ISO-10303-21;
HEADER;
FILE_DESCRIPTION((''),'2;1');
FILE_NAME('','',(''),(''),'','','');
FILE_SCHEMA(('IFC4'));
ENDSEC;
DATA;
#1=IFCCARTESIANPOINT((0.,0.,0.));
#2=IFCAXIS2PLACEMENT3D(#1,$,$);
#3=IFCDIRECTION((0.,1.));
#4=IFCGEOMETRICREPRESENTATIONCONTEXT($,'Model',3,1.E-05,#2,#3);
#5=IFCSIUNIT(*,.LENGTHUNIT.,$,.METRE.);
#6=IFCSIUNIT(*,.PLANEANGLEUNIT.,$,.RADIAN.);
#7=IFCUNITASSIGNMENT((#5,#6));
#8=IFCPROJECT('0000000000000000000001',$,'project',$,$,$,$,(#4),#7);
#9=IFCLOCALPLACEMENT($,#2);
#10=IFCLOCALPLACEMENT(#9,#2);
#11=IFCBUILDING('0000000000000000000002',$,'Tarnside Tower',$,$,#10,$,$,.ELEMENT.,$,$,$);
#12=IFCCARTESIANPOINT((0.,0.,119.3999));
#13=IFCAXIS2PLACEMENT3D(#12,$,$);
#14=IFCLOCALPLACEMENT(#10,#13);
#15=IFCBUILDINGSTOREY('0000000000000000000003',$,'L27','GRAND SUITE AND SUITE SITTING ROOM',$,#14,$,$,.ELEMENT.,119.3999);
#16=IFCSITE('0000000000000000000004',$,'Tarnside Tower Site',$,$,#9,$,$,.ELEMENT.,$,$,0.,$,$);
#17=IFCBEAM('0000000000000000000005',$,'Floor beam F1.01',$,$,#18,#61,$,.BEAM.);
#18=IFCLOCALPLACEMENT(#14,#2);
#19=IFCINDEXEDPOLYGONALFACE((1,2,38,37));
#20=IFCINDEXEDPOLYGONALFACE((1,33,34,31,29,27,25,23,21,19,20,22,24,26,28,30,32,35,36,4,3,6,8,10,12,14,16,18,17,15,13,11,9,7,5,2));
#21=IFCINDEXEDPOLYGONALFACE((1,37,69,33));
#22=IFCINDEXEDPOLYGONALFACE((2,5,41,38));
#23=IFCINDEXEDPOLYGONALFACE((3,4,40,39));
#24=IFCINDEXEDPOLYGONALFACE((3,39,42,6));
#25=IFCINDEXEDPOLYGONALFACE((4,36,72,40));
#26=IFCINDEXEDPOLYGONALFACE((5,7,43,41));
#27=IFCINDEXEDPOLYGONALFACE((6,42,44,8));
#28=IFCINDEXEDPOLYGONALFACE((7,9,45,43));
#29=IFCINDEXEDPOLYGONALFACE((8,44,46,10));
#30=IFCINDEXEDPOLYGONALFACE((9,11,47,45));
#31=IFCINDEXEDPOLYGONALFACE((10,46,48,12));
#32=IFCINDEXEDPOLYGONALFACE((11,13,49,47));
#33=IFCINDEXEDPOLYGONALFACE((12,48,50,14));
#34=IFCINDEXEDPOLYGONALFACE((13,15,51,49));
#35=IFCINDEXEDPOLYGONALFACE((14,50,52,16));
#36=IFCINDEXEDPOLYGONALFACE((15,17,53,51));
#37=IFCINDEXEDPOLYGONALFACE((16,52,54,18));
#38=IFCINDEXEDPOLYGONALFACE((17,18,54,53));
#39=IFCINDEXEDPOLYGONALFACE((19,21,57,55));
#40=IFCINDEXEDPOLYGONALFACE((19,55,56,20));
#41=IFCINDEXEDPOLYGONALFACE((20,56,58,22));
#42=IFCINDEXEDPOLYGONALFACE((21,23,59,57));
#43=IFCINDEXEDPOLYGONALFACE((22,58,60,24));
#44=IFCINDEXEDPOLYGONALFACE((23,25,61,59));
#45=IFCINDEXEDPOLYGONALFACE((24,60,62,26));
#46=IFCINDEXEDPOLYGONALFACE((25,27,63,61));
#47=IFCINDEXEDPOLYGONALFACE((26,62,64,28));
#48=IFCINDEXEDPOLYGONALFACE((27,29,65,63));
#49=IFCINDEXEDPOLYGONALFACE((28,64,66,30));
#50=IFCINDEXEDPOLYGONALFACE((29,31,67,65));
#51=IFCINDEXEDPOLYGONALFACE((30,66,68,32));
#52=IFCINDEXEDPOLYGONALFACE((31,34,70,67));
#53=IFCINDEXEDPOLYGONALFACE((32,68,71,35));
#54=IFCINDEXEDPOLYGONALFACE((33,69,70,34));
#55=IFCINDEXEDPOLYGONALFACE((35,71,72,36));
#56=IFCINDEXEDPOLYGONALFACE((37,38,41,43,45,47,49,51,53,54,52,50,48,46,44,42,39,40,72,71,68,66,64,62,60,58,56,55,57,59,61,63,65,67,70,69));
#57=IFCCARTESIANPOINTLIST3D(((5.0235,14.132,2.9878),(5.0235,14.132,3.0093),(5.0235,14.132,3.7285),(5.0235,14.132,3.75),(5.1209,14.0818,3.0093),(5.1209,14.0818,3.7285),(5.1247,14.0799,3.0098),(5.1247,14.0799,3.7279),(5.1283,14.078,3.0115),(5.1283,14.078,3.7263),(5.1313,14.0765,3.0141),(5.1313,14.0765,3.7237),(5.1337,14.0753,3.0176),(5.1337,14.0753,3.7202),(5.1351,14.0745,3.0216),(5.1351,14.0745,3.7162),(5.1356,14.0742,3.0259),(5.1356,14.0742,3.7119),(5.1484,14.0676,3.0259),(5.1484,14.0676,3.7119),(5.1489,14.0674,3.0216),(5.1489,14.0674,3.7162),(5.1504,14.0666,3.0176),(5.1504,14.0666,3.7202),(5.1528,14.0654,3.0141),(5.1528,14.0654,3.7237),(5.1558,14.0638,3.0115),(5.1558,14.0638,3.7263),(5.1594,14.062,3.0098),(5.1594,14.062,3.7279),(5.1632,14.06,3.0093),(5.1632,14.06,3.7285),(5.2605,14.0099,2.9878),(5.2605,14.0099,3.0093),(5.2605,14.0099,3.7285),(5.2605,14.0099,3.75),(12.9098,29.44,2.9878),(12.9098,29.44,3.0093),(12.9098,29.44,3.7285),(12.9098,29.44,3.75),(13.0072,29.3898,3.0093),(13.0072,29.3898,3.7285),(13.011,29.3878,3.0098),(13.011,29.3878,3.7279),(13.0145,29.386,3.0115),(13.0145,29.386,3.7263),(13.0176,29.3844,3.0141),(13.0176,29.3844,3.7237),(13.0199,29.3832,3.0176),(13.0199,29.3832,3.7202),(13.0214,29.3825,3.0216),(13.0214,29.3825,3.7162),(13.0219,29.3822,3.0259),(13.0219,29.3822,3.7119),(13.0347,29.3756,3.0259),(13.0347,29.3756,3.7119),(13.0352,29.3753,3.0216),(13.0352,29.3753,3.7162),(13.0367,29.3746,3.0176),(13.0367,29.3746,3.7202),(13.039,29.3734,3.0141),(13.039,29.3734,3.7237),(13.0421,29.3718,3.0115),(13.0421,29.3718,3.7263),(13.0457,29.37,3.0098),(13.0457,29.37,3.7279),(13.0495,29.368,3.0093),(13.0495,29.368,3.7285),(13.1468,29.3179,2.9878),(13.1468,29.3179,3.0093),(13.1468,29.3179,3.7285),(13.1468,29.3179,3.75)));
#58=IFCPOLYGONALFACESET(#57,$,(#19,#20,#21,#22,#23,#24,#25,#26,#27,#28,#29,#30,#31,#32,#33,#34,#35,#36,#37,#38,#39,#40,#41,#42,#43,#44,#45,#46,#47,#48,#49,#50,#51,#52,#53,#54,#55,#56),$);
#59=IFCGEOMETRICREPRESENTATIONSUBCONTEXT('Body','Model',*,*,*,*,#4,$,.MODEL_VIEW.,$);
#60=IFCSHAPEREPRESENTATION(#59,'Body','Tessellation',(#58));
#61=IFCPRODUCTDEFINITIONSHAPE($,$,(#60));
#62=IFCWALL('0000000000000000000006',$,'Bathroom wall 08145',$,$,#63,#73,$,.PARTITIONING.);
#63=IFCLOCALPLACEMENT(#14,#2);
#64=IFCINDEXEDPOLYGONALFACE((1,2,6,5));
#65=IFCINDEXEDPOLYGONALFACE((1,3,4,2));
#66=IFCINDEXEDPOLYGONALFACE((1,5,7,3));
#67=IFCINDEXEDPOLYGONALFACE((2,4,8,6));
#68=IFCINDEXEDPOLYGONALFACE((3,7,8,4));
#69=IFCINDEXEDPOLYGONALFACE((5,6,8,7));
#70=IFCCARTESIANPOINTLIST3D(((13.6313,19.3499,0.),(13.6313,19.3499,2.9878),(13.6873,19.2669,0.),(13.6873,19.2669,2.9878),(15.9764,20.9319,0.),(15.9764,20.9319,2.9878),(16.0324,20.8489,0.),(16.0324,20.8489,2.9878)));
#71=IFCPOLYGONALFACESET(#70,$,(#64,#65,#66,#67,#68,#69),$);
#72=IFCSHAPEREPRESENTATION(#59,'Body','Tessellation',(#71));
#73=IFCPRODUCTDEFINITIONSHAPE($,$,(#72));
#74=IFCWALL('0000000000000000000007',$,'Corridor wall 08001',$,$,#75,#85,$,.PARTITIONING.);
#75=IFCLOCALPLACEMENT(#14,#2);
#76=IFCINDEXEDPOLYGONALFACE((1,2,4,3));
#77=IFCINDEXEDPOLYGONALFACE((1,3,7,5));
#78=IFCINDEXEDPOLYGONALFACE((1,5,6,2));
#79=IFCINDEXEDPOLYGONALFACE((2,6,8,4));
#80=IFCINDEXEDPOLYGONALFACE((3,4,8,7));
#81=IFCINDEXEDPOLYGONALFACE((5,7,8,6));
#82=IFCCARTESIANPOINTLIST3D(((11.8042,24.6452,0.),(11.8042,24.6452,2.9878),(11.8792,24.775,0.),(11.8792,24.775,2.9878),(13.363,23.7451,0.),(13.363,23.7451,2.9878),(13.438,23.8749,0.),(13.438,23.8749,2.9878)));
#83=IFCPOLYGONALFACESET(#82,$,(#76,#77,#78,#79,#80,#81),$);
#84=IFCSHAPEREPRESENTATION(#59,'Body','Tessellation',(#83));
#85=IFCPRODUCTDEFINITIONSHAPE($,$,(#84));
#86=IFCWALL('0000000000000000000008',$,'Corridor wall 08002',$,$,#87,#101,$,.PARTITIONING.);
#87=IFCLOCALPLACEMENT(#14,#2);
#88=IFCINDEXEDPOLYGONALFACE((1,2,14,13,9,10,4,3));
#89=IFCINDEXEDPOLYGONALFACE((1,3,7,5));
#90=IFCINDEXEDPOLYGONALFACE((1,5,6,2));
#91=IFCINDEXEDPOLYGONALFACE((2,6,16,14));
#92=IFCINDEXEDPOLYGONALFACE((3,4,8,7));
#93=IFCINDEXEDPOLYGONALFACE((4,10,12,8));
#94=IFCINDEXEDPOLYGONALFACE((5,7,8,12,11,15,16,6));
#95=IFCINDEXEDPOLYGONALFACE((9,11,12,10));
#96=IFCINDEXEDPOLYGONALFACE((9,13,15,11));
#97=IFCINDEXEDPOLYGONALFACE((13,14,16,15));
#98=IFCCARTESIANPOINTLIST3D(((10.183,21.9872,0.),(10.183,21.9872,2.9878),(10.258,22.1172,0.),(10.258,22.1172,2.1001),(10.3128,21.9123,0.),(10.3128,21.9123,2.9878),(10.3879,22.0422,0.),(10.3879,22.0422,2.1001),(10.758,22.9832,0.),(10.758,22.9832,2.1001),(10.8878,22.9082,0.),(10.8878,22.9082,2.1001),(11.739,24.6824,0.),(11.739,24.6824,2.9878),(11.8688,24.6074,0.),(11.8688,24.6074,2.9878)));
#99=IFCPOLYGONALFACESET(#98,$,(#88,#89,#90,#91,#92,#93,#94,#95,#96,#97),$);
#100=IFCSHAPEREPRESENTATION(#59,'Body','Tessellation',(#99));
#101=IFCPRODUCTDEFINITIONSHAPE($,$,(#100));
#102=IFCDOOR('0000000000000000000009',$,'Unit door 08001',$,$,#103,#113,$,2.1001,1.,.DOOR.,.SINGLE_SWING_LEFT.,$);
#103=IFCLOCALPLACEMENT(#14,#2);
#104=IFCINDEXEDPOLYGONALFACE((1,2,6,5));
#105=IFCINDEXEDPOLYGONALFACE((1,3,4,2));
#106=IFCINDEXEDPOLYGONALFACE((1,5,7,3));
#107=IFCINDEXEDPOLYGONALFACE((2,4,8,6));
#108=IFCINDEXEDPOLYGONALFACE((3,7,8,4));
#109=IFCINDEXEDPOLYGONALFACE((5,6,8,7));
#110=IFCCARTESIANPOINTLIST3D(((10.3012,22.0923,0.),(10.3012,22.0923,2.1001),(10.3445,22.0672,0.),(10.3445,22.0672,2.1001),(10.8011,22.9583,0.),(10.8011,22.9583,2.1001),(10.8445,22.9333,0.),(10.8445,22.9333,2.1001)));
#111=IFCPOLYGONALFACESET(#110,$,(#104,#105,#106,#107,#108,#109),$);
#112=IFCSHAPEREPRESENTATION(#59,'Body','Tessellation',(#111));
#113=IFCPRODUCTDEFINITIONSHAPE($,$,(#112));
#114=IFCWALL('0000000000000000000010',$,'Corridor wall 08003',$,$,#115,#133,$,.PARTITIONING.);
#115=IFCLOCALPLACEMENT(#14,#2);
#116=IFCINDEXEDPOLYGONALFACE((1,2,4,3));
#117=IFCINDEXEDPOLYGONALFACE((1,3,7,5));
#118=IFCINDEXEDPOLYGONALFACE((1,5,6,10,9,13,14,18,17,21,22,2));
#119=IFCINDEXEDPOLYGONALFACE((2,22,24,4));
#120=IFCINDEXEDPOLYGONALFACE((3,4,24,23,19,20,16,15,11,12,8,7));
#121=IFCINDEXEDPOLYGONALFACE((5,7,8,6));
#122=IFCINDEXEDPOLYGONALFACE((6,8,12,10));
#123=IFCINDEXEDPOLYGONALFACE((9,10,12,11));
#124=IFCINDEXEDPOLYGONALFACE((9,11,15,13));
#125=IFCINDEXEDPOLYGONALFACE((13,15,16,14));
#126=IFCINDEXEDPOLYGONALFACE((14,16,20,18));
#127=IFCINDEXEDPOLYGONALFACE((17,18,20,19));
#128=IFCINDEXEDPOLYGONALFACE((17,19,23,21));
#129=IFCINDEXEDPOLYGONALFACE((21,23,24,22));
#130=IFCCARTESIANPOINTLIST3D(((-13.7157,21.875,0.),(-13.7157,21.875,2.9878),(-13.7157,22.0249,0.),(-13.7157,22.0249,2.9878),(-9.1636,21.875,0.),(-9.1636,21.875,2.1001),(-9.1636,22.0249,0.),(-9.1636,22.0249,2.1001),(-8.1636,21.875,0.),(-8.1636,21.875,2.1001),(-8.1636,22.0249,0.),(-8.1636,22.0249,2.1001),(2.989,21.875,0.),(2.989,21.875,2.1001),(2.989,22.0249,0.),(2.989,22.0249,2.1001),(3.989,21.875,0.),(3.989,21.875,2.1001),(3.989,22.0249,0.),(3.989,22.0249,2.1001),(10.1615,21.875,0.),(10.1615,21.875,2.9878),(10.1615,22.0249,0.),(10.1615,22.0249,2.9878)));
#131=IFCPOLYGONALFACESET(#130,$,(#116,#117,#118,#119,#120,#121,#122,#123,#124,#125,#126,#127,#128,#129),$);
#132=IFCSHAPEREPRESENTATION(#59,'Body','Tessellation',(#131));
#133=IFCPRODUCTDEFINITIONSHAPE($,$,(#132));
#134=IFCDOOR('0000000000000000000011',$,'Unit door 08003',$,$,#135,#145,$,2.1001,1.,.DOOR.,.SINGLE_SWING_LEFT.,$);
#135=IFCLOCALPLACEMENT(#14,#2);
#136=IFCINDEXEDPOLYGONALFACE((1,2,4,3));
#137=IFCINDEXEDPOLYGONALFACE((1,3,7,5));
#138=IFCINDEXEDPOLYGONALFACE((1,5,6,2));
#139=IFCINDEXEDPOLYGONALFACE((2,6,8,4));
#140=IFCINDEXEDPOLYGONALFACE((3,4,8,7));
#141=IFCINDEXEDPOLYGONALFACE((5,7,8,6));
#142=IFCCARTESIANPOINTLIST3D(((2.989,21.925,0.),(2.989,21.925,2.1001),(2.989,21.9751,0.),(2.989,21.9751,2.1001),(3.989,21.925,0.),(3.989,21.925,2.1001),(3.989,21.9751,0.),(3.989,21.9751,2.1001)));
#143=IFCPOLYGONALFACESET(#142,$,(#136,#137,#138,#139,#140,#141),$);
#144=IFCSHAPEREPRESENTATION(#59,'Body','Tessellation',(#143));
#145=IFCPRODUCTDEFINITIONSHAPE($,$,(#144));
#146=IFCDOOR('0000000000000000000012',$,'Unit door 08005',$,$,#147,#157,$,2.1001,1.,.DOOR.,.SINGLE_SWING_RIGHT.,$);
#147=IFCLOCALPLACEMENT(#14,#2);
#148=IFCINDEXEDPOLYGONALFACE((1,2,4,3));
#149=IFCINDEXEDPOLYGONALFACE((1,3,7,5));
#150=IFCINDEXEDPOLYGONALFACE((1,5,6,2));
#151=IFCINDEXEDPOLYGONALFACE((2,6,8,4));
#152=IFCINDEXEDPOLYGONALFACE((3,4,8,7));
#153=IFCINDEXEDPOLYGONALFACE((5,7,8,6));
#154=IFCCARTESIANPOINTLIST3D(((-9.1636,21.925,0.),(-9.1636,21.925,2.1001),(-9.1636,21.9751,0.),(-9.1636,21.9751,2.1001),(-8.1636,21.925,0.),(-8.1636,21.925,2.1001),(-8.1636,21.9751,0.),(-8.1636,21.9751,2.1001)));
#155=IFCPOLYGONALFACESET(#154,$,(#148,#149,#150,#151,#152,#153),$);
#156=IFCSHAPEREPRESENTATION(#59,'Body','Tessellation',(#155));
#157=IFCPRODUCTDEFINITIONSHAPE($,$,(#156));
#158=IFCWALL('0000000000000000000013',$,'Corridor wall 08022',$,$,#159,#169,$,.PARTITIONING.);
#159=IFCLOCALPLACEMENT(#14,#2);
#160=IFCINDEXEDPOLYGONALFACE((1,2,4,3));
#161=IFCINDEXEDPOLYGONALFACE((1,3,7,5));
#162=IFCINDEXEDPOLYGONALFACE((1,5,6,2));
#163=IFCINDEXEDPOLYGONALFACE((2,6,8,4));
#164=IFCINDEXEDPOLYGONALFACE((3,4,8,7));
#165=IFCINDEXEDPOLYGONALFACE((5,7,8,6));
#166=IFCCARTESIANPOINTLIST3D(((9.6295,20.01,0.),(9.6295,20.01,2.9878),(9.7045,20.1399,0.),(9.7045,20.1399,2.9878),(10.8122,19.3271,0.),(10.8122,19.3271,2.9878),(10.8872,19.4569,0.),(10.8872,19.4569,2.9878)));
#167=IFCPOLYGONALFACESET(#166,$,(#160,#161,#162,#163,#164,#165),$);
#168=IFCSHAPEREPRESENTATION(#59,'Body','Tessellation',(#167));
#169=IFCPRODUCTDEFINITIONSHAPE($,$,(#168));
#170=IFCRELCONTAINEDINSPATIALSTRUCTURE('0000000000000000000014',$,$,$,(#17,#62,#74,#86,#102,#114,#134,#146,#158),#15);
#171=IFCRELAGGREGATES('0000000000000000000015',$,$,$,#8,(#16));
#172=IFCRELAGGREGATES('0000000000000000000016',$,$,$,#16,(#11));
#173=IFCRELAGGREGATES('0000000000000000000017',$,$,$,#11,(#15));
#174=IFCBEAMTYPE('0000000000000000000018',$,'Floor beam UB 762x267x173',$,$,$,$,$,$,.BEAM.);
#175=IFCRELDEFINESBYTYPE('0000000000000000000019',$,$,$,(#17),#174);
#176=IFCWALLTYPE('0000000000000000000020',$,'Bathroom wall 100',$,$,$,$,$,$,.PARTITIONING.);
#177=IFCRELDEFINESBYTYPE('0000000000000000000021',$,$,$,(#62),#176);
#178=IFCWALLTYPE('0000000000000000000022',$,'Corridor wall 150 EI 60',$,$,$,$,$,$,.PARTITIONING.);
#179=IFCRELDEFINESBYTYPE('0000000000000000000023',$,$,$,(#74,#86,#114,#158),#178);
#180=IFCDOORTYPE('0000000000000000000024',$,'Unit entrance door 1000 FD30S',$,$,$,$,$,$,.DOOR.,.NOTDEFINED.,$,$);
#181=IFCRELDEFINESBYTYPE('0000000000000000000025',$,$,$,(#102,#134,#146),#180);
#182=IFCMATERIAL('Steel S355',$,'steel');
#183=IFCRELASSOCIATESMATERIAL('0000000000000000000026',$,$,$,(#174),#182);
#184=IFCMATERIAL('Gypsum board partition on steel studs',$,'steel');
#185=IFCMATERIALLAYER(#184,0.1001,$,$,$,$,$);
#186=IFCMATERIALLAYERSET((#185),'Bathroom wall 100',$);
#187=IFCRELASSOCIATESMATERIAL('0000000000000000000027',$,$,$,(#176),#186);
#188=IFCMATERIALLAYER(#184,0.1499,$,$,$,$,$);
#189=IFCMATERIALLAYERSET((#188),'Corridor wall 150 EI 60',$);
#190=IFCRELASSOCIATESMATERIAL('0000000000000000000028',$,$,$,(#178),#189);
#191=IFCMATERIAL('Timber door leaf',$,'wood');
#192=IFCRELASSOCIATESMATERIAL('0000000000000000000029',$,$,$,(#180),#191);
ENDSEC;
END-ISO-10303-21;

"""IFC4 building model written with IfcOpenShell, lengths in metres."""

from ifc_helpers import new_model, si_unit, direction, frame, frame_2d, origin, origin_2d, place, context, subcontext, project, spatial, rectangle, i_section, extrude, material, layer, layer_set, material_profile, profile_set, type_object, element, fill, save


model = new_model("IFC4")

# Units and contexts
model_context = context("Model", 3, precision=1e-05, world=origin(), true_north=direction((0.0, 1.0)))
body_context = subcontext(model_context, "Body", "Model", "MODEL_VIEW")
ifc_project = project(units=[si_unit("LENGTHUNIT", "METRE"), si_unit("PLANEANGLEUNIT", "RADIAN")], contexts=[model_context])

# Site, building, storey
site_placement = place(None, origin())
site = spatial("IfcSite", under=ifc_project, at=site_placement, Name="Tarnside Tower Site", CompositionType="ELEMENT", RefElevation=0.0)
building_placement = place(site_placement, origin())
building = spatial("IfcBuilding", under=site, at=building_placement, Name="Tarnside Tower", CompositionType="ELEMENT")
storey_placement = place(building_placement, frame((0.0, 0.0, 119.3999)))
storey = spatial("IfcBuildingStorey", under=building, at=storey_placement, Name="L27", Description="GRAND SUITE AND SUITE SITTING ROOM", CompositionType="ELEMENT", Elevation=119.3999)

# Beam
ifc_material_1 = material(Name="Steel S355", Category="steel")
ifc_material_profile = material_profile(ifc_material_1, i_section(OverallWidth=0.2666, OverallDepth=0.7622, WebThickness=0.0144, FlangeThickness=0.0215, FilletRadius=0.0166, at=origin_2d()), Name="UB 762x267x173")
ifc_profile_set = profile_set([ifc_material_profile], Name="Steel S355")
beam_type = type_object("IfcBeamType", Name="Floor beam UB 762x267x173", PredefinedType="BEAM", material=ifc_profile_set)
beam_placement = place(storey_placement, frame((13.0283, 29.3789, 3.3689), z_axis=(-0.457973, -0.888966, 0.0), x_axis=(0.888966, -0.457973, 0.0)))
element("IfcBeam", 1, at=beam_placement, inside=storey, type_object=beam_type, Name="Floor beam F1.01", PredefinedType="BEAM", context=body_context, shape_type="SweptSolid", body=[
    extrude(i_section(OverallWidth=0.2666, OverallDepth=0.7622, WebThickness=0.0144, FlangeThickness=0.0215, FilletRadius=0.0166, at=origin_2d()), origin(), (0.0, 0.0, 1.0), 17.22),
])

# Walls
ifc_material_2 = material(Name="Gypsum board partition on steel studs", Category="steel")
ifc_layer_1 = layer(ifc_material_2, 0.1001)
ifc_layer_set_1 = layer_set([ifc_layer_1], Name="Bathroom wall 100")
wall_type_1 = type_object("IfcWallType", Name="Bathroom wall 100", PredefinedType="PARTITIONING", material=ifc_layer_set_1)
wall_1_placement = place(storey_placement, frame((13.6592, 19.3083, 0.0), z_axis=(0.0, 0.0, 1.0), x_axis=(0.829011, 0.559233, 0.0)))
element("IfcWall", 2, at=wall_1_placement, inside=storey, type_object=wall_type_1, Name="Bathroom wall 08145", PredefinedType="PARTITIONING", context=body_context, shape_type="SweptSolid", body=[
    extrude(rectangle(XDim=2.8289, YDim=0.1001, at=frame_2d((1.4146, 0.0))), origin(), (0.0, 0.0, 1.0), 2.9878),
])
ifc_layer_2 = layer(ifc_material_2, 0.1499)
ifc_layer_set_2 = layer_set([ifc_layer_2], Name="Corridor wall 150 EI 60")
wall_type_2 = type_object("IfcWallType", Name="Corridor wall 150 EI 60", PredefinedType="PARTITIONING", material=ifc_layer_set_2)
wall_2_placement = place(storey_placement, frame((13.4004, 23.8101, 0.0), z_axis=(0.0, 0.0, 1.0), x_axis=(-0.865989, 0.500063, 0.0)))
element("IfcWall", 3, at=wall_2_placement, inside=storey, type_object=wall_type_2, Name="Corridor wall 08001", PredefinedType="PARTITIONING", context=body_context, shape_type="SweptSolid", body=[
    extrude(rectangle(XDim=1.8, YDim=0.1499, at=frame_2d((0.8999, 0.0))), origin(), (0.0, 0.0, 1.0), 2.9878),
])

# Wall, opening, door
wall_3_placement = place(storey_placement, frame((11.804, 24.645, 0.0), z_axis=(0.0, 0.0, 1.0), x_axis=(-0.499978, -0.866038, 0.0)))
wall_3 = element("IfcWall", 4, at=wall_3_placement, inside=storey, type_object=wall_type_2, Name="Corridor wall 08002", PredefinedType="PARTITIONING", context=body_context, shape_type="SweptSolid", body=[
    extrude(rectangle(XDim=3.1121, YDim=0.1499, at=frame_2d((1.5562, 0.0))), origin(), (0.0, 0.0, 1.0), 2.9878),
])
opening_1_placement = place(wall_3_placement, frame((1.9622, 0.0, 0.0)))
opening_1 = element("IfcOpeningElement", 5, at=opening_1_placement, cuts=wall_3, PredefinedType="OPENING", context=body_context, shape_type="SweptSolid", body=[
    extrude(rectangle(XDim=1.0, YDim=2.1001, at=frame_2d((0.5, 1.05))), frame((0.0, 0.085, 0.0), z_axis=(0.0, -1.0, 0.0), x_axis=(1.0, 0.0, 0.0)), (0.0, 0.0, 1.0), 0.1699),
])
ifc_material_3 = material(Name="Timber door leaf", Category="wood")
door_type_1 = type_object("IfcDoorType", Name="Unit entrance door 1000 FD30S", OperationType="NOTDEFINED", PredefinedType="DOOR", material=ifc_material_3)
door_1_placement = place(opening_1_placement, origin())
door_1 = element("IfcDoor", 6, at=door_1_placement, inside=storey, type_object=door_type_1, Name="Unit door 08001", OperationType="SINGLE_SWING_LEFT", OverallHeight=2.1001, OverallWidth=1.0, PredefinedType="DOOR", context=body_context, shape_type="SweptSolid", body=[
    extrude(rectangle(XDim=1.0, YDim=2.1001, at=frame_2d((0.5, 1.05))), frame((0.0, 0.0249, 0.0), z_axis=(0.0, -1.0, 0.0), x_axis=(1.0, 0.0, 0.0)), (0.0, 0.0, 1.0), 0.05),
])
fill(opening_1, door_1)

# Wall, openings, doors
wall_4_placement = place(storey_placement, frame((10.1614, 21.95, 0.0), z_axis=(0.0, 0.0, 1.0), x_axis=(-1.0, 0.0, 0.0)))
wall_4 = element("IfcWall", 7, at=wall_4_placement, inside=storey, type_object=wall_type_2, Name="Corridor wall 08003", PredefinedType="PARTITIONING", context=body_context, shape_type="SweptSolid", body=[
    extrude(rectangle(XDim=23.8772, YDim=0.1499, at=frame_2d((11.9385, 0.0))), origin(), (0.0, 0.0, 1.0), 2.9878),
])
opening_2_placement = place(wall_4_placement, frame((6.1724, 0.0, 0.0)))
opening_2 = element("IfcOpeningElement", 8, at=opening_2_placement, cuts=wall_4, PredefinedType="OPENING", context=body_context, shape_type="SweptSolid", body=[
    extrude(rectangle(XDim=1.0, YDim=2.1001, at=frame_2d((0.5, 1.05))), frame((0.0, 0.085, 0.0), z_axis=(0.0, -1.0, 0.0), x_axis=(1.0, 0.0, 0.0)), (0.0, 0.0, 1.0), 0.1699),
])
opening_3_placement = place(wall_4_placement, frame((18.325, 0.0, 0.0)))
opening_3 = element("IfcOpeningElement", 9, at=opening_3_placement, cuts=wall_4, PredefinedType="OPENING", context=body_context, shape_type="SweptSolid", body=[
    extrude(rectangle(XDim=1.0, YDim=2.1001, at=frame_2d((0.5, 1.05))), frame((0.0, 0.085, 0.0), z_axis=(0.0, -1.0, 0.0), x_axis=(1.0, 0.0, 0.0)), (0.0, 0.0, 1.0), 0.1699),
])
door_2_placement = place(opening_2_placement, origin())
door_2 = element("IfcDoor", 10, at=door_2_placement, inside=storey, type_object=door_type_1, Name="Unit door 08003", OperationType="SINGLE_SWING_LEFT", OverallHeight=2.1001, OverallWidth=1.0, PredefinedType="DOOR", context=body_context, shape_type="SweptSolid", body=[
    extrude(rectangle(XDim=1.0, YDim=2.1001, at=frame_2d((0.5, 1.05))), frame((0.0, 0.0249, 0.0), z_axis=(0.0, -1.0, 0.0), x_axis=(1.0, 0.0, 0.0)), (0.0, 0.0, 1.0), 0.05),
])
fill(opening_2, door_2)
door_3_placement = place(opening_3_placement, origin())
door_3 = element("IfcDoor", 11, at=door_3_placement, inside=storey, type_object=door_type_1, Name="Unit door 08005", OperationType="SINGLE_SWING_RIGHT", OverallHeight=2.1001, OverallWidth=1.0, PredefinedType="DOOR", context=body_context, shape_type="SweptSolid", body=[
    extrude(rectangle(XDim=1.0, YDim=2.1001, at=frame_2d((0.5, 1.05))), frame((0.0, 0.0249, 0.0), z_axis=(0.0, -1.0, 0.0), x_axis=(1.0, 0.0, 0.0)), (0.0, 0.0, 1.0), 0.05),
])
fill(opening_3, door_3)

# Wall
wall_5_placement = place(storey_placement, frame((9.667, 20.075, 0.0), z_axis=(0.0, 0.0, 1.0), x_axis=(0.866001, -0.500042, 0.0)))
element("IfcWall", 12, at=wall_5_placement, inside=storey, type_object=wall_type_2, Name="Corridor wall 08022", PredefinedType="PARTITIONING", context=body_context, shape_type="SweptSolid", body=[
    extrude(rectangle(XDim=1.3657, YDim=0.1499, at=frame_2d((0.6829, 0.0))), origin(), (0.0, 0.0, 1.0), 2.9878),
])

save(model, "model.ifc")
